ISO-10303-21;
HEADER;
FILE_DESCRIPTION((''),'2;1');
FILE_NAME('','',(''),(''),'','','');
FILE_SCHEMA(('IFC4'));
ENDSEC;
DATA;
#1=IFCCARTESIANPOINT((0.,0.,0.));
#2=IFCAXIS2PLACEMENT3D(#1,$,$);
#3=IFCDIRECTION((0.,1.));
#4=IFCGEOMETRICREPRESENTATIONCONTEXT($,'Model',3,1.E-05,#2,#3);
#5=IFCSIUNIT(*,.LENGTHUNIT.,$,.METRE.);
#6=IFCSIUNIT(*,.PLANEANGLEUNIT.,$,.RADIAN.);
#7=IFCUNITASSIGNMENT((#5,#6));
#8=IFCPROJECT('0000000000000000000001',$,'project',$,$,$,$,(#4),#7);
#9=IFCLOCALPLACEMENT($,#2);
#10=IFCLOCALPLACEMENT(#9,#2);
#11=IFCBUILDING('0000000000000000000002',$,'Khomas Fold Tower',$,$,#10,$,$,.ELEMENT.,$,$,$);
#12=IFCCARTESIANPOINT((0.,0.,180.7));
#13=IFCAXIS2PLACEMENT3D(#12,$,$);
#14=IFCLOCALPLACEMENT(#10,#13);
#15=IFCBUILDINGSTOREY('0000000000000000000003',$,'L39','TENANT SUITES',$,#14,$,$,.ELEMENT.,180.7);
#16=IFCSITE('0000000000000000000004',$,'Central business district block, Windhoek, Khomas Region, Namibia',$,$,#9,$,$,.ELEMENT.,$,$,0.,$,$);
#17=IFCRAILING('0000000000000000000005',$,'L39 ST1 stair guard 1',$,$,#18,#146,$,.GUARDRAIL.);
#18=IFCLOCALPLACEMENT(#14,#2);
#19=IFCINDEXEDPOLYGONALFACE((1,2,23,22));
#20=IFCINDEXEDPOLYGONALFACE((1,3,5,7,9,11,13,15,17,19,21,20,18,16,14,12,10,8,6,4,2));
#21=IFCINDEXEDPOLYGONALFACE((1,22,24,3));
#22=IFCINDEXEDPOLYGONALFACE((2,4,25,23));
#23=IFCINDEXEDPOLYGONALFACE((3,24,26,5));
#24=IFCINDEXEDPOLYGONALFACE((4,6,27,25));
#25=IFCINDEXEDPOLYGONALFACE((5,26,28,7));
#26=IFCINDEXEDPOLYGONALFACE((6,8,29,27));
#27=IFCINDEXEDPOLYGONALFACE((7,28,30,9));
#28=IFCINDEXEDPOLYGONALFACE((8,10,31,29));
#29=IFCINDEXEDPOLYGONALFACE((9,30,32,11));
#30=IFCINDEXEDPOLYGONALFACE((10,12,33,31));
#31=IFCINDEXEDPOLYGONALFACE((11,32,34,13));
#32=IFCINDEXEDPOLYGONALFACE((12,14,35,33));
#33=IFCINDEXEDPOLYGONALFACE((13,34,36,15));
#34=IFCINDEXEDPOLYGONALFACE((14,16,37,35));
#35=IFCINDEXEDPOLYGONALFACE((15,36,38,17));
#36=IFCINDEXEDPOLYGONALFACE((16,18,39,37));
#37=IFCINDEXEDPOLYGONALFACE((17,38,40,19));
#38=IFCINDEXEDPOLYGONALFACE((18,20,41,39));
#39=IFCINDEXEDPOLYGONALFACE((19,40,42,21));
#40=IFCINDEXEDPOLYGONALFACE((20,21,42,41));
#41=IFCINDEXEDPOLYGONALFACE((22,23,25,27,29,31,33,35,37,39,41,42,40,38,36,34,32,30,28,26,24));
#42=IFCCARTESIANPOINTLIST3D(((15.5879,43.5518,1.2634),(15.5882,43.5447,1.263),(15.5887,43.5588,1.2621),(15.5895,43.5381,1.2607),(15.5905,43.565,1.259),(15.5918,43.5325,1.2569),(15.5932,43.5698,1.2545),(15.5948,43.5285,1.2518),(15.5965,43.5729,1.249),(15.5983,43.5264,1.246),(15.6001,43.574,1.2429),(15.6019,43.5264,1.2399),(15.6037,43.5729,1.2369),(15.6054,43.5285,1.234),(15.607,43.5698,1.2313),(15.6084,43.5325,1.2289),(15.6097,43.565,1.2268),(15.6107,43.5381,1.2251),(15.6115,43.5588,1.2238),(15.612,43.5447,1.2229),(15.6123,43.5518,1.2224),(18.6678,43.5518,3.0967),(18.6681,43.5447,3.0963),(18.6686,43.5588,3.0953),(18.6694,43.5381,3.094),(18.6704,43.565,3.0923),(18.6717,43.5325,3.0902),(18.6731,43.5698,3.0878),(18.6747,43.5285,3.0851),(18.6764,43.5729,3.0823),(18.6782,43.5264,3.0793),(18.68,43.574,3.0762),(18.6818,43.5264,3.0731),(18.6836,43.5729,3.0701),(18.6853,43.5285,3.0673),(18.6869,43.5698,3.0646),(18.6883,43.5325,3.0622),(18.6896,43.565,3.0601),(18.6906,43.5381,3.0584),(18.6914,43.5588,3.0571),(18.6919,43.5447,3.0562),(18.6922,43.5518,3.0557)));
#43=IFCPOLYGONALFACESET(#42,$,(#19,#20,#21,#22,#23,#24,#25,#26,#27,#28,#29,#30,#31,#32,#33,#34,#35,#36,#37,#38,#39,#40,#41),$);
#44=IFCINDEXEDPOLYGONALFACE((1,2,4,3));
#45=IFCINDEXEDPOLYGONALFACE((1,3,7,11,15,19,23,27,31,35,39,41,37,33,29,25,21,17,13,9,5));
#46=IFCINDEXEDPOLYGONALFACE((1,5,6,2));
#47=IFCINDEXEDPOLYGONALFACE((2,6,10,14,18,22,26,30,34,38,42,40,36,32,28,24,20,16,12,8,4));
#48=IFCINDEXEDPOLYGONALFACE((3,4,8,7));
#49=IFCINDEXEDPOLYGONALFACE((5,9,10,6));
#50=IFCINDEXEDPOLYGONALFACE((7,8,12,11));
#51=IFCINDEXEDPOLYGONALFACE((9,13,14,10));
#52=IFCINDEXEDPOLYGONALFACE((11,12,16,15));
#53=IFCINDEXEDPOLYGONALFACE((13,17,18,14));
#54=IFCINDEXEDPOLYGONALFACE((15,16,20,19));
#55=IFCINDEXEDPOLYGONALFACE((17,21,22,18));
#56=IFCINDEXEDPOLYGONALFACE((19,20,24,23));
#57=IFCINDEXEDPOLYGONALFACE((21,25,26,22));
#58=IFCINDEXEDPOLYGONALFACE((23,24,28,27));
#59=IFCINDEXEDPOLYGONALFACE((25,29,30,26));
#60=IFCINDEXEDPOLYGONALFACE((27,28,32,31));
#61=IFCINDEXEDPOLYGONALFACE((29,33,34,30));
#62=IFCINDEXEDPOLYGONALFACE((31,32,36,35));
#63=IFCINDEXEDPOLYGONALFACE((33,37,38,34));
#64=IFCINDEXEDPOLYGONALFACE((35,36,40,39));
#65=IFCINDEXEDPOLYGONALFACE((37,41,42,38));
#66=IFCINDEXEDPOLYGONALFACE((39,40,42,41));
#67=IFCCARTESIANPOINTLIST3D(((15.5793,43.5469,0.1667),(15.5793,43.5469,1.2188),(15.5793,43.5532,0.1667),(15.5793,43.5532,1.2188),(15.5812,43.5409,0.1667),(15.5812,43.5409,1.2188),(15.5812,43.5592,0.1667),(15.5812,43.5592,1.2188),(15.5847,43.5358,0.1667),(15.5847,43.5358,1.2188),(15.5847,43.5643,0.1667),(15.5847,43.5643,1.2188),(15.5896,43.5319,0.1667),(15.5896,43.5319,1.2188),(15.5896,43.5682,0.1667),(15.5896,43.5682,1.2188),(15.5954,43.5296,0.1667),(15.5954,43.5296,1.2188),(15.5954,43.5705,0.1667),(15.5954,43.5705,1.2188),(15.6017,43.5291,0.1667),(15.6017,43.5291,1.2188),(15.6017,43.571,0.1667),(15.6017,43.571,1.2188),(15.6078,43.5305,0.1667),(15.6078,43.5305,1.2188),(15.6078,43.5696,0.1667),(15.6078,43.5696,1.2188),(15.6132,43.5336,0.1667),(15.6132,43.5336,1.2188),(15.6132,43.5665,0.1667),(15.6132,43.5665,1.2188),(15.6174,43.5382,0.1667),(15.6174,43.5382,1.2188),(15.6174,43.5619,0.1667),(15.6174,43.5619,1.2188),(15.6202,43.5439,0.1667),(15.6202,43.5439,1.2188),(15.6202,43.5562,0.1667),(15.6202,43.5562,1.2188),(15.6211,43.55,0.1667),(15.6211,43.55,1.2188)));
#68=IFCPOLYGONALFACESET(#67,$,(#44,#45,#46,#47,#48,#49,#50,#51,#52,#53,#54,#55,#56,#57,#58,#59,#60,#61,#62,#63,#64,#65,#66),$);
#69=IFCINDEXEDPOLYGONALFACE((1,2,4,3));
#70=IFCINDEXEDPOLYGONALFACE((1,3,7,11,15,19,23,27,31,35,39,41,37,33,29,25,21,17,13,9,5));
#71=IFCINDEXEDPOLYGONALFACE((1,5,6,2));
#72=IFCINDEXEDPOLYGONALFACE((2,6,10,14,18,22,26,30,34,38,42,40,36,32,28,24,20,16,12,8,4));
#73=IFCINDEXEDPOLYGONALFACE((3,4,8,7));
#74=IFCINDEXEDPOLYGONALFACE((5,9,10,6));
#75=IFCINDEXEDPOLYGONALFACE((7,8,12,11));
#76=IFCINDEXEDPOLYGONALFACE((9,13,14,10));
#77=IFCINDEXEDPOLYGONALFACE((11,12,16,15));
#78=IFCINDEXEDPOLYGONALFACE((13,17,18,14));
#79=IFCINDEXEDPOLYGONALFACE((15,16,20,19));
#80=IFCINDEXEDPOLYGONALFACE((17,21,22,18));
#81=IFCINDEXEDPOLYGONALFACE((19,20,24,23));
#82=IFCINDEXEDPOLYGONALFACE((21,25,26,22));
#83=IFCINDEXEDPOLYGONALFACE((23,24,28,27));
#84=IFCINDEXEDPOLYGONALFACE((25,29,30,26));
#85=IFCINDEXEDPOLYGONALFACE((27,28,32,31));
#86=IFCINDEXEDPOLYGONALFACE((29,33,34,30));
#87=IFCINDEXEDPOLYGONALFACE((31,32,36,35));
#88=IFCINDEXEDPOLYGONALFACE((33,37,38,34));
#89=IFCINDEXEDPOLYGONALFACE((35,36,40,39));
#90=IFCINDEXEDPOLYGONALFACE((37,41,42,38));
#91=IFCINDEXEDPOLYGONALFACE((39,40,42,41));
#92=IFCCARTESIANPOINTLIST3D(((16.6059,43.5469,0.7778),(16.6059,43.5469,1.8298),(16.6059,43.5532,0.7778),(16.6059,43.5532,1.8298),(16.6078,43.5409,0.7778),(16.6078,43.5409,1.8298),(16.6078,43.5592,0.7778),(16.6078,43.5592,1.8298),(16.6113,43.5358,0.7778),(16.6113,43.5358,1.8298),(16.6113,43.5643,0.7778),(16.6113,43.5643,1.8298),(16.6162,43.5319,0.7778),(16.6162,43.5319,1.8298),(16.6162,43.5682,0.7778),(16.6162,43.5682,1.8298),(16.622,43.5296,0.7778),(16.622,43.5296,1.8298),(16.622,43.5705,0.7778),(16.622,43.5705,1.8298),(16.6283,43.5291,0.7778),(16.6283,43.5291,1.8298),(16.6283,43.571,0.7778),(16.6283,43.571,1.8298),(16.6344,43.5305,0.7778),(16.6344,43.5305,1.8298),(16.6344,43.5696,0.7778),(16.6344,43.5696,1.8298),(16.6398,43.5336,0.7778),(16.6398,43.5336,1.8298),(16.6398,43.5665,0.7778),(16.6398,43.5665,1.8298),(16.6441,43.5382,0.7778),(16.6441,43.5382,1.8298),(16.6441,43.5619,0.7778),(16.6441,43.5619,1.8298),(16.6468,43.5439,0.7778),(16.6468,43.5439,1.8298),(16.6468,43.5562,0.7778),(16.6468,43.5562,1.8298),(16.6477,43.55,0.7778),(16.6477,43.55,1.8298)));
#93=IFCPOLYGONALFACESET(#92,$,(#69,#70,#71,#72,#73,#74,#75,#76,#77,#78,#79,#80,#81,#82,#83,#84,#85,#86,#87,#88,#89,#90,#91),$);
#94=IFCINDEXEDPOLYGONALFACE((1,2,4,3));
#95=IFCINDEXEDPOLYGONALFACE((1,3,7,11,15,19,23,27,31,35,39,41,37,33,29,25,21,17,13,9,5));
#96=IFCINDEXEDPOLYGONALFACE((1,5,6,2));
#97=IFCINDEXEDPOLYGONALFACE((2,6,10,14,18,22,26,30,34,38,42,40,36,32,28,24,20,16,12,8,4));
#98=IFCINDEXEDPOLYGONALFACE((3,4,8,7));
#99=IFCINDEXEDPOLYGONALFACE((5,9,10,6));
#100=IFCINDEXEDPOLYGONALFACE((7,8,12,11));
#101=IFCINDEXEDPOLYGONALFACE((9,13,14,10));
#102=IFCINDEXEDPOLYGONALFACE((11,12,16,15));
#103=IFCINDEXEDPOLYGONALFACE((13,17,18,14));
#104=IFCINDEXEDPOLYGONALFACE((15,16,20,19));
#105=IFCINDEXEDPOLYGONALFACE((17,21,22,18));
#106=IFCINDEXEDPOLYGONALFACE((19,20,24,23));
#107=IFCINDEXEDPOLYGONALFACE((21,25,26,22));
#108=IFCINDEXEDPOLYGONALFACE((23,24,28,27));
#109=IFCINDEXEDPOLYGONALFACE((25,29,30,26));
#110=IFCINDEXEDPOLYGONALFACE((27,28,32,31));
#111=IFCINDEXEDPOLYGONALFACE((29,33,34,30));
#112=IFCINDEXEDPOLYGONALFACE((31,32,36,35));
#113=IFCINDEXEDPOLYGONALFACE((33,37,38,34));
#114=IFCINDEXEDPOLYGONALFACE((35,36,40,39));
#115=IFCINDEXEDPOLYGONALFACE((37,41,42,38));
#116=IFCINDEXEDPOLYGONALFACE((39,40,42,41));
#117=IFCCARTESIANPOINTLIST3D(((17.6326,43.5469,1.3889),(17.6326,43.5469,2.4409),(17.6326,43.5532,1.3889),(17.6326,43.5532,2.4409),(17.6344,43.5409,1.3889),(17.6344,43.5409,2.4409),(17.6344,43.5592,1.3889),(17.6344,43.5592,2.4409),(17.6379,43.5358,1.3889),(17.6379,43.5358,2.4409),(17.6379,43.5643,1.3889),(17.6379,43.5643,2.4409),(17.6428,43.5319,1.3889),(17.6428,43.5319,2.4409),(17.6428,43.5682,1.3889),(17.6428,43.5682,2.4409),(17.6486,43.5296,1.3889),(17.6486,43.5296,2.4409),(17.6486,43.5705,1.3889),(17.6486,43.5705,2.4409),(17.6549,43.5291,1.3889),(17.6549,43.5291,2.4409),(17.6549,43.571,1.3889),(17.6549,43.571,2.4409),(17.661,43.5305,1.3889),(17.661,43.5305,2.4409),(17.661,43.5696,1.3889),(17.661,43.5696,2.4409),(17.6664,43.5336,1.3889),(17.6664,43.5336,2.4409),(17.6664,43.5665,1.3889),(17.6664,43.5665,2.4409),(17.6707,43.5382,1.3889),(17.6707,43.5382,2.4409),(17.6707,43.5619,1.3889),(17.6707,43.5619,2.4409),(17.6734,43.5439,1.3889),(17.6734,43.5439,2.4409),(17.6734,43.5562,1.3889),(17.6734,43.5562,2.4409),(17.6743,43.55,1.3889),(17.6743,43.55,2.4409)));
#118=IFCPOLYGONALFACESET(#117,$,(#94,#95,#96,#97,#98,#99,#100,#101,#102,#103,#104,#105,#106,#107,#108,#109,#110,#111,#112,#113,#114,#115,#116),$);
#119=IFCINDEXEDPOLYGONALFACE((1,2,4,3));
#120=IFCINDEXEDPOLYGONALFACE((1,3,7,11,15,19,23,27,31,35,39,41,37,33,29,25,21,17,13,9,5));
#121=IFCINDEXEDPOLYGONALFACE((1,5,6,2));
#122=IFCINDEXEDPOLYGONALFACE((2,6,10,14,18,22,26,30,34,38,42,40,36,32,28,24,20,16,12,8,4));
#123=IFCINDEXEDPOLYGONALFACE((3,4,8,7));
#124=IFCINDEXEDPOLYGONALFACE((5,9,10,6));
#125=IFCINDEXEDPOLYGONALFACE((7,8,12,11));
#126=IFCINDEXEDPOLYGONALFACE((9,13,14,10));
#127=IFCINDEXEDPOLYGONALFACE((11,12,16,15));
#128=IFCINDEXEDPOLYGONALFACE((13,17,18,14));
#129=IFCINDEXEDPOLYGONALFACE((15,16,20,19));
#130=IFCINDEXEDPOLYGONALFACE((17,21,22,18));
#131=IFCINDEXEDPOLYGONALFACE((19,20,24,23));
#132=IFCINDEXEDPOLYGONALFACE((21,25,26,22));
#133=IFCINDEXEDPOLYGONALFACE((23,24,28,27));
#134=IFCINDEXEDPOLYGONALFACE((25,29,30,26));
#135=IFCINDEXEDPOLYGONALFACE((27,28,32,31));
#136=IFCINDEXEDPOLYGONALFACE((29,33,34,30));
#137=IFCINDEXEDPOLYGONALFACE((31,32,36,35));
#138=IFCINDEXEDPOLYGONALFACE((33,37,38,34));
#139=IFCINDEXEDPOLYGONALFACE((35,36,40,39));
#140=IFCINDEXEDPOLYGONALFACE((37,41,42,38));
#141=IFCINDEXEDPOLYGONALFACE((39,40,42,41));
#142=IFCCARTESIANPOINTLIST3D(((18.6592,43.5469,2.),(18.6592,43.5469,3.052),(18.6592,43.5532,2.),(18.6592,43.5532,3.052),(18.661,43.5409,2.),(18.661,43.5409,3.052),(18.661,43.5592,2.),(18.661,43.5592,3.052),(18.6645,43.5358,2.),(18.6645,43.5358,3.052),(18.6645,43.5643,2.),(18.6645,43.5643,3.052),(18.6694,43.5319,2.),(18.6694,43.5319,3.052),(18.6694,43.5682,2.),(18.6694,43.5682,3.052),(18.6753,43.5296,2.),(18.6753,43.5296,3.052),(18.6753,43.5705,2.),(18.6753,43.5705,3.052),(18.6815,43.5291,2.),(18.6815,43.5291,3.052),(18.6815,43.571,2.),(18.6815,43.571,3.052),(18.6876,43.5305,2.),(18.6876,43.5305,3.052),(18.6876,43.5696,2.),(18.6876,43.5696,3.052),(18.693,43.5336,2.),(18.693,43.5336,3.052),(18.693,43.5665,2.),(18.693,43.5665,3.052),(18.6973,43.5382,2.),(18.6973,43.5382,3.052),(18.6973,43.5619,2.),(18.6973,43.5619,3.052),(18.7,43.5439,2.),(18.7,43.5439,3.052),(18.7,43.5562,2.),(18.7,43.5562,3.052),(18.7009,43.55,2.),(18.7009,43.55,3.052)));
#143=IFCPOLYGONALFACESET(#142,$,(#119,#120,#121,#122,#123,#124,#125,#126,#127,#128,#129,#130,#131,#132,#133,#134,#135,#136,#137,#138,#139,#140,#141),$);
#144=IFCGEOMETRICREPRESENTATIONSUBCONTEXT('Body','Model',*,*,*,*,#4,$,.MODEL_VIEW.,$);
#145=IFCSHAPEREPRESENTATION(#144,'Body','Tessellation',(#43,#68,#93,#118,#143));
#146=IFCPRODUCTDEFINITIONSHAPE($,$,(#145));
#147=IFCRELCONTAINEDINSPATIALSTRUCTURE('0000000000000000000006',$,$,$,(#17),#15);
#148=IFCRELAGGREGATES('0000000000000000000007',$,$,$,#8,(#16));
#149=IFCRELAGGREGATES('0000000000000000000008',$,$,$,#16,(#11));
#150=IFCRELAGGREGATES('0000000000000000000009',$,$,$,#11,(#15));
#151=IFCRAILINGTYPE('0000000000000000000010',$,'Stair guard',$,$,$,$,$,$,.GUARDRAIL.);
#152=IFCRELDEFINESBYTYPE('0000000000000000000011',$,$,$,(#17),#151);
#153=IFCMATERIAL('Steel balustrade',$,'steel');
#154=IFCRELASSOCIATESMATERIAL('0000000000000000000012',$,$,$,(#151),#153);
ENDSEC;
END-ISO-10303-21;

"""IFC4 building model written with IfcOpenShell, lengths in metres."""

from ifc_helpers import new_model, si_unit, direction, frame, origin, origin_2d, place, context, subcontext, project, spatial, circle, extrude, source, transform, mapped, material, type_object, element, save


model = new_model("IFC4")

# Units and contexts
model_context = context("Model", 3, precision=1e-05, world=origin(), true_north=direction((0.0, 1.0)))
body_context = subcontext(model_context, "Body", "Model", "MODEL_VIEW")
ifc_project = project(units=[si_unit("LENGTHUNIT", "METRE"), si_unit("PLANEANGLEUNIT", "RADIAN")], contexts=[model_context])

# Site, building, storey
site_placement = place(None, origin())
site = spatial("IfcSite", under=ifc_project, at=site_placement, Name="Central business district block, Windhoek, Khomas Region, Namibia", CompositionType="ELEMENT", RefElevation=0.0)
building_placement = place(site_placement, origin())
building = spatial("IfcBuilding", under=site, at=building_placement, Name="Khomas Fold Tower", CompositionType="ELEMENT")
storey_placement = place(building_placement, frame((0.0, 0.0, 180.7)))
storey = spatial("IfcBuildingStorey", under=building, at=storey_placement, Name="L39", Description="TENANT SUITES", CompositionType="ELEMENT", Elevation=180.7)

# Railing
ifc_material_1 = material(Name="Steel balustrade", Category="steel")
railing_type_1 = type_object("IfcRailingType", Name="Stair guard", PredefinedType="GUARDRAIL", material=ifc_material_1)
shared_shape_1 = source(origin(), body_context, "Body", "SweptSolid", [
    extrude(circle(Radius=0.0239, at=origin_2d()), frame((0.0, 0.0, 1.0762), z_axis=(0.859291, 0.0, 0.511487), x_axis=(0.0, 1.0, 0.0)), (0.0, 0.0, 1.0), 3.5842),
    extrude(circle(Radius=0.021, at=origin_2d()), origin(), (0.0, 0.0, 1.0), 1.052),
    extrude(circle(Radius=0.021, at=origin_2d()), frame((1.0266, 0.0, 0.6111)), (0.0, 0.0, 1.0), 1.052),
    extrude(circle(Radius=0.021, at=origin_2d()), frame((2.0532, 0.0, 1.2222)), (0.0, 0.0, 1.0), 1.052),
    extrude(circle(Radius=0.021, at=origin_2d()), frame((3.0798, 0.0, 1.8333)), (0.0, 0.0, 1.0), 1.052),
])
railing_1_placement = place(storey_placement, frame((15.6001, 43.55, 0.1667)))
element("IfcRailing", 1, at=railing_1_placement, inside=storey, type_object=railing_type_1, Name="L39 ST1 stair guard 1", PredefinedType="GUARDRAIL", context=body_context, shape_type="MappedRepresentation", body=[
    mapped(shared_shape_1, transform((0.0, 0.0, 0.0))),
])

save(model, "model.ifc")
